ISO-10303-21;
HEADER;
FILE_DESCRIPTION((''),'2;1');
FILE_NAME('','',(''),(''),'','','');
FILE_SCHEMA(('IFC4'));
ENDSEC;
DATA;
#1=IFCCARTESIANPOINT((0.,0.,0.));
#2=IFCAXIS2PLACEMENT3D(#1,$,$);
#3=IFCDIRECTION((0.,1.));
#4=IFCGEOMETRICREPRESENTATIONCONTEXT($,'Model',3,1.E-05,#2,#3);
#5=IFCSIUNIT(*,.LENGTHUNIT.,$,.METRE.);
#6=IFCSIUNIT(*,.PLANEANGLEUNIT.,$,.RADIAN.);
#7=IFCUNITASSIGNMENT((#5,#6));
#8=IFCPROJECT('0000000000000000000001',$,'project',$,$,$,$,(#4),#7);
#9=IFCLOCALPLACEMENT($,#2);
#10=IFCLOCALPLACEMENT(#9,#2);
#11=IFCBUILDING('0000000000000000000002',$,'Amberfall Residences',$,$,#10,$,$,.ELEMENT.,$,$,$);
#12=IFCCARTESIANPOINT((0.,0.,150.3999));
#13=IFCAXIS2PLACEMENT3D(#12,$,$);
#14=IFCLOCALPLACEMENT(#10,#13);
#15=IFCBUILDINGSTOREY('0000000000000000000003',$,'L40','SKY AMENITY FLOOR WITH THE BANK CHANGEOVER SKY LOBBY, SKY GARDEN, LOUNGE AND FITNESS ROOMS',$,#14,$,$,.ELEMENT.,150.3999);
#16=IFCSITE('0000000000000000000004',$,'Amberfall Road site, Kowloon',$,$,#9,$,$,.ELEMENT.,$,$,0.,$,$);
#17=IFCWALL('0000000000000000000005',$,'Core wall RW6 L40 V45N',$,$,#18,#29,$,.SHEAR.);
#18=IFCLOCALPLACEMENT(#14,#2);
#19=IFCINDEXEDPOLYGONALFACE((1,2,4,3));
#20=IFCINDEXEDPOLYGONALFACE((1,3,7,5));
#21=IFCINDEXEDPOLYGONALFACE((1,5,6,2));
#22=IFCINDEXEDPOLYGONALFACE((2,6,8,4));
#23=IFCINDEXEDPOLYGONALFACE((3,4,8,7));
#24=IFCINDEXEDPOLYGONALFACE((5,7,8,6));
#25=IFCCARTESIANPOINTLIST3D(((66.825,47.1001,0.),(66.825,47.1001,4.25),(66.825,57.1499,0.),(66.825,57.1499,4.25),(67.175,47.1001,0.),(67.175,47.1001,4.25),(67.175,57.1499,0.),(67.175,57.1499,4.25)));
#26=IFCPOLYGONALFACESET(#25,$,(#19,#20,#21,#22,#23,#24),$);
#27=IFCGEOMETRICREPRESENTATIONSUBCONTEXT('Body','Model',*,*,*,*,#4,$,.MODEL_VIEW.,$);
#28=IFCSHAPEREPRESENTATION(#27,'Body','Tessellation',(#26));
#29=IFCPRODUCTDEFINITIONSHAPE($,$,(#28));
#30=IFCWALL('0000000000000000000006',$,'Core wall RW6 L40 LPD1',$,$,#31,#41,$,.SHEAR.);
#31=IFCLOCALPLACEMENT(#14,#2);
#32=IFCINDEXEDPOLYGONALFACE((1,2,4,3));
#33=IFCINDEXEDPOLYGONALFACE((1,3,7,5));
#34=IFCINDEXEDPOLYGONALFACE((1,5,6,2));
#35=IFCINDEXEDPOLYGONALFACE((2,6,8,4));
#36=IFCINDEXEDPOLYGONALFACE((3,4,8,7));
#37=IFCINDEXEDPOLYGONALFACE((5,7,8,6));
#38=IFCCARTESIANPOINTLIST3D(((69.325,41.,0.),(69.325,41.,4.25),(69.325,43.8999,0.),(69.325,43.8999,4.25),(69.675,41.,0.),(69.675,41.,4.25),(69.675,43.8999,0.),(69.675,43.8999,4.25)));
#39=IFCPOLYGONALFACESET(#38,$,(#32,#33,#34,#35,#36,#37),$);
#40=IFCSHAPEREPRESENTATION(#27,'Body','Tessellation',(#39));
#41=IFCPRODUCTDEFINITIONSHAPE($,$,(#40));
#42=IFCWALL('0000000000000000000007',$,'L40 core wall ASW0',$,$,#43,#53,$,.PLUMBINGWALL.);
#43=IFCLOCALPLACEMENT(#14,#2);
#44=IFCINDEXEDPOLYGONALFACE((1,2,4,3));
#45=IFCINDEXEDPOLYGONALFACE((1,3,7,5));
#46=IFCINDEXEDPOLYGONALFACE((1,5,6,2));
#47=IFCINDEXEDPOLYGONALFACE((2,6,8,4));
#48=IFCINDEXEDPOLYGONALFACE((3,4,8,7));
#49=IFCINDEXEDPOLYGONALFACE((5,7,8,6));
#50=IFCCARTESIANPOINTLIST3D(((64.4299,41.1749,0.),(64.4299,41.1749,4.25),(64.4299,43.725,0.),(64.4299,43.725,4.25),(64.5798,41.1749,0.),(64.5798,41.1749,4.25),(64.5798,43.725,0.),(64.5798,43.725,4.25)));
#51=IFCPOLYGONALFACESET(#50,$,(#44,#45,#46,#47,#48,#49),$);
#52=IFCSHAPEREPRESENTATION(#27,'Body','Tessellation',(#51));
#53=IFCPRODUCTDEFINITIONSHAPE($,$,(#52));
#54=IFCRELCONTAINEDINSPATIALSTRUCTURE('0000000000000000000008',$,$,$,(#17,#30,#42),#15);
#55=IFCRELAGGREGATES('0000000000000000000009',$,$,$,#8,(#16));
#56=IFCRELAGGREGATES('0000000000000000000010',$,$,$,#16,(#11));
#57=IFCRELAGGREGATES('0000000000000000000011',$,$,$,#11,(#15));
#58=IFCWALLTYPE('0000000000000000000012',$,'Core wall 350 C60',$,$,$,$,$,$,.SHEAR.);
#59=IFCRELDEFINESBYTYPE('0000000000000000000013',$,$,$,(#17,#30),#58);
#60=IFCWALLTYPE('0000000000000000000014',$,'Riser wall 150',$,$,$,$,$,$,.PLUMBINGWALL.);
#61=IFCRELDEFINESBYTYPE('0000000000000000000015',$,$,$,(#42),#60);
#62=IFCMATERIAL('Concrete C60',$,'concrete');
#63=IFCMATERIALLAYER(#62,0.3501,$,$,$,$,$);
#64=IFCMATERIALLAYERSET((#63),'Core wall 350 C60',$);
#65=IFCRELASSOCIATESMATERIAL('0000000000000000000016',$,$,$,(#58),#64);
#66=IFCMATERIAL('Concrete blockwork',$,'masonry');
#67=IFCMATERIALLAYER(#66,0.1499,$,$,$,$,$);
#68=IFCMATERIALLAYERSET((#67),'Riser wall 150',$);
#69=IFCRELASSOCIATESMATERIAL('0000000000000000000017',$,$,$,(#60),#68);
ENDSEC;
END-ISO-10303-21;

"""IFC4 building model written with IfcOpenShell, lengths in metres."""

from ifc_helpers import new_model, si_unit, direction, frame, frame_2d, origin, place, context, subcontext, project, spatial, rectangle, extrude, material, layer, layer_set, type_object, element, save


model = new_model("IFC4")

# Units and contexts
model_context = context("Model", 3, precision=1e-05, world=origin(), true_north=direction((0.0, 1.0)))
body_context = subcontext(model_context, "Body", "Model", "MODEL_VIEW")
ifc_project = project(units=[si_unit("LENGTHUNIT", "METRE"), si_unit("PLANEANGLEUNIT", "RADIAN")], contexts=[model_context])

# Site, building, storey
site_placement = place(None, origin())
site = spatial("IfcSite", under=ifc_project, at=site_placement, Name="Amberfall Road site, Kowloon", CompositionType="ELEMENT", RefElevation=0.0)
building_placement = place(site_placement, origin())
building = spatial("IfcBuilding", under=site, at=building_placement, Name="Amberfall Residences", CompositionType="ELEMENT")
storey_placement = place(building_placement, frame((0.0, 0.0, 150.3999)))
storey = spatial("IfcBuildingStorey", under=building, at=storey_placement, Name="L40", Description="SKY AMENITY FLOOR WITH THE BANK CHANGEOVER SKY LOBBY, SKY GARDEN, LOUNGE AND FITNESS ROOMS", CompositionType="ELEMENT", Elevation=150.3999)

# Walls
ifc_material_1 = material(Name="Concrete C60", Category="concrete")
ifc_layer_1 = layer(ifc_material_1, 0.3501)
ifc_layer_set_1 = layer_set([ifc_layer_1], Name="Core wall 350 C60")
wall_type_1 = type_object("IfcWallType", Name="Core wall 350 C60", PredefinedType="SHEAR", material=ifc_layer_set_1)
wall_1_placement = place(storey_placement, frame((67.0, 47.1001, 0.0), z_axis=(0.0, 0.0, 1.0), x_axis=(0.0, 1.0, 0.0)))
element("IfcWall", 1, at=wall_1_placement, inside=storey, type_object=wall_type_1, Name="Core wall RW6 L40 V45N", PredefinedType="SHEAR", context=body_context, shape_type="SweptSolid", body=[
    extrude(rectangle(XDim=10.0498, YDim=0.3501, at=frame_2d((5.0249, 0.0))), origin(), (0.0, 0.0, 1.0), 4.25),
])
wall_2_placement = place(storey_placement, frame((69.5, 41.0, 0.0), z_axis=(0.0, 0.0, 1.0), x_axis=(0.0, 1.0, 0.0)))
element("IfcWall", 2, at=wall_2_placement, inside=storey, type_object=wall_type_1, Name="Core wall RW6 L40 LPD1", PredefinedType="SHEAR", context=body_context, shape_type="SweptSolid", body=[
    extrude(rectangle(XDim=2.8999, YDim=0.3501, at=frame_2d((1.45, 0.0))), origin(), (0.0, 0.0, 1.0), 4.25),
])
ifc_material_2 = material(Name="Concrete blockwork", Category="masonry")
ifc_layer_2 = layer(ifc_material_2, 0.1499)
ifc_layer_set_2 = layer_set([ifc_layer_2], Name="Riser wall 150")
wall_type_2 = type_object("IfcWallType", Name="Riser wall 150", PredefinedType="PLUMBINGWALL", material=ifc_layer_set_2)
wall_3_placement = place(storey_placement, frame((64.5049, 41.175, 0.0), z_axis=(0.0, 0.0, 1.0), x_axis=(0.0, 1.0, 0.0)))
element("IfcWall", 3, at=wall_3_placement, inside=storey, type_object=wall_type_2, Name="L40 core wall ASW0", PredefinedType="PLUMBINGWALL", context=body_context, shape_type="SweptSolid", body=[
    extrude(rectangle(XDim=2.55, YDim=0.1499, at=frame_2d((1.2749, 0.0))), origin(), (0.0, 0.0, 1.0), 4.25),
])

save(model, "model.ifc")
